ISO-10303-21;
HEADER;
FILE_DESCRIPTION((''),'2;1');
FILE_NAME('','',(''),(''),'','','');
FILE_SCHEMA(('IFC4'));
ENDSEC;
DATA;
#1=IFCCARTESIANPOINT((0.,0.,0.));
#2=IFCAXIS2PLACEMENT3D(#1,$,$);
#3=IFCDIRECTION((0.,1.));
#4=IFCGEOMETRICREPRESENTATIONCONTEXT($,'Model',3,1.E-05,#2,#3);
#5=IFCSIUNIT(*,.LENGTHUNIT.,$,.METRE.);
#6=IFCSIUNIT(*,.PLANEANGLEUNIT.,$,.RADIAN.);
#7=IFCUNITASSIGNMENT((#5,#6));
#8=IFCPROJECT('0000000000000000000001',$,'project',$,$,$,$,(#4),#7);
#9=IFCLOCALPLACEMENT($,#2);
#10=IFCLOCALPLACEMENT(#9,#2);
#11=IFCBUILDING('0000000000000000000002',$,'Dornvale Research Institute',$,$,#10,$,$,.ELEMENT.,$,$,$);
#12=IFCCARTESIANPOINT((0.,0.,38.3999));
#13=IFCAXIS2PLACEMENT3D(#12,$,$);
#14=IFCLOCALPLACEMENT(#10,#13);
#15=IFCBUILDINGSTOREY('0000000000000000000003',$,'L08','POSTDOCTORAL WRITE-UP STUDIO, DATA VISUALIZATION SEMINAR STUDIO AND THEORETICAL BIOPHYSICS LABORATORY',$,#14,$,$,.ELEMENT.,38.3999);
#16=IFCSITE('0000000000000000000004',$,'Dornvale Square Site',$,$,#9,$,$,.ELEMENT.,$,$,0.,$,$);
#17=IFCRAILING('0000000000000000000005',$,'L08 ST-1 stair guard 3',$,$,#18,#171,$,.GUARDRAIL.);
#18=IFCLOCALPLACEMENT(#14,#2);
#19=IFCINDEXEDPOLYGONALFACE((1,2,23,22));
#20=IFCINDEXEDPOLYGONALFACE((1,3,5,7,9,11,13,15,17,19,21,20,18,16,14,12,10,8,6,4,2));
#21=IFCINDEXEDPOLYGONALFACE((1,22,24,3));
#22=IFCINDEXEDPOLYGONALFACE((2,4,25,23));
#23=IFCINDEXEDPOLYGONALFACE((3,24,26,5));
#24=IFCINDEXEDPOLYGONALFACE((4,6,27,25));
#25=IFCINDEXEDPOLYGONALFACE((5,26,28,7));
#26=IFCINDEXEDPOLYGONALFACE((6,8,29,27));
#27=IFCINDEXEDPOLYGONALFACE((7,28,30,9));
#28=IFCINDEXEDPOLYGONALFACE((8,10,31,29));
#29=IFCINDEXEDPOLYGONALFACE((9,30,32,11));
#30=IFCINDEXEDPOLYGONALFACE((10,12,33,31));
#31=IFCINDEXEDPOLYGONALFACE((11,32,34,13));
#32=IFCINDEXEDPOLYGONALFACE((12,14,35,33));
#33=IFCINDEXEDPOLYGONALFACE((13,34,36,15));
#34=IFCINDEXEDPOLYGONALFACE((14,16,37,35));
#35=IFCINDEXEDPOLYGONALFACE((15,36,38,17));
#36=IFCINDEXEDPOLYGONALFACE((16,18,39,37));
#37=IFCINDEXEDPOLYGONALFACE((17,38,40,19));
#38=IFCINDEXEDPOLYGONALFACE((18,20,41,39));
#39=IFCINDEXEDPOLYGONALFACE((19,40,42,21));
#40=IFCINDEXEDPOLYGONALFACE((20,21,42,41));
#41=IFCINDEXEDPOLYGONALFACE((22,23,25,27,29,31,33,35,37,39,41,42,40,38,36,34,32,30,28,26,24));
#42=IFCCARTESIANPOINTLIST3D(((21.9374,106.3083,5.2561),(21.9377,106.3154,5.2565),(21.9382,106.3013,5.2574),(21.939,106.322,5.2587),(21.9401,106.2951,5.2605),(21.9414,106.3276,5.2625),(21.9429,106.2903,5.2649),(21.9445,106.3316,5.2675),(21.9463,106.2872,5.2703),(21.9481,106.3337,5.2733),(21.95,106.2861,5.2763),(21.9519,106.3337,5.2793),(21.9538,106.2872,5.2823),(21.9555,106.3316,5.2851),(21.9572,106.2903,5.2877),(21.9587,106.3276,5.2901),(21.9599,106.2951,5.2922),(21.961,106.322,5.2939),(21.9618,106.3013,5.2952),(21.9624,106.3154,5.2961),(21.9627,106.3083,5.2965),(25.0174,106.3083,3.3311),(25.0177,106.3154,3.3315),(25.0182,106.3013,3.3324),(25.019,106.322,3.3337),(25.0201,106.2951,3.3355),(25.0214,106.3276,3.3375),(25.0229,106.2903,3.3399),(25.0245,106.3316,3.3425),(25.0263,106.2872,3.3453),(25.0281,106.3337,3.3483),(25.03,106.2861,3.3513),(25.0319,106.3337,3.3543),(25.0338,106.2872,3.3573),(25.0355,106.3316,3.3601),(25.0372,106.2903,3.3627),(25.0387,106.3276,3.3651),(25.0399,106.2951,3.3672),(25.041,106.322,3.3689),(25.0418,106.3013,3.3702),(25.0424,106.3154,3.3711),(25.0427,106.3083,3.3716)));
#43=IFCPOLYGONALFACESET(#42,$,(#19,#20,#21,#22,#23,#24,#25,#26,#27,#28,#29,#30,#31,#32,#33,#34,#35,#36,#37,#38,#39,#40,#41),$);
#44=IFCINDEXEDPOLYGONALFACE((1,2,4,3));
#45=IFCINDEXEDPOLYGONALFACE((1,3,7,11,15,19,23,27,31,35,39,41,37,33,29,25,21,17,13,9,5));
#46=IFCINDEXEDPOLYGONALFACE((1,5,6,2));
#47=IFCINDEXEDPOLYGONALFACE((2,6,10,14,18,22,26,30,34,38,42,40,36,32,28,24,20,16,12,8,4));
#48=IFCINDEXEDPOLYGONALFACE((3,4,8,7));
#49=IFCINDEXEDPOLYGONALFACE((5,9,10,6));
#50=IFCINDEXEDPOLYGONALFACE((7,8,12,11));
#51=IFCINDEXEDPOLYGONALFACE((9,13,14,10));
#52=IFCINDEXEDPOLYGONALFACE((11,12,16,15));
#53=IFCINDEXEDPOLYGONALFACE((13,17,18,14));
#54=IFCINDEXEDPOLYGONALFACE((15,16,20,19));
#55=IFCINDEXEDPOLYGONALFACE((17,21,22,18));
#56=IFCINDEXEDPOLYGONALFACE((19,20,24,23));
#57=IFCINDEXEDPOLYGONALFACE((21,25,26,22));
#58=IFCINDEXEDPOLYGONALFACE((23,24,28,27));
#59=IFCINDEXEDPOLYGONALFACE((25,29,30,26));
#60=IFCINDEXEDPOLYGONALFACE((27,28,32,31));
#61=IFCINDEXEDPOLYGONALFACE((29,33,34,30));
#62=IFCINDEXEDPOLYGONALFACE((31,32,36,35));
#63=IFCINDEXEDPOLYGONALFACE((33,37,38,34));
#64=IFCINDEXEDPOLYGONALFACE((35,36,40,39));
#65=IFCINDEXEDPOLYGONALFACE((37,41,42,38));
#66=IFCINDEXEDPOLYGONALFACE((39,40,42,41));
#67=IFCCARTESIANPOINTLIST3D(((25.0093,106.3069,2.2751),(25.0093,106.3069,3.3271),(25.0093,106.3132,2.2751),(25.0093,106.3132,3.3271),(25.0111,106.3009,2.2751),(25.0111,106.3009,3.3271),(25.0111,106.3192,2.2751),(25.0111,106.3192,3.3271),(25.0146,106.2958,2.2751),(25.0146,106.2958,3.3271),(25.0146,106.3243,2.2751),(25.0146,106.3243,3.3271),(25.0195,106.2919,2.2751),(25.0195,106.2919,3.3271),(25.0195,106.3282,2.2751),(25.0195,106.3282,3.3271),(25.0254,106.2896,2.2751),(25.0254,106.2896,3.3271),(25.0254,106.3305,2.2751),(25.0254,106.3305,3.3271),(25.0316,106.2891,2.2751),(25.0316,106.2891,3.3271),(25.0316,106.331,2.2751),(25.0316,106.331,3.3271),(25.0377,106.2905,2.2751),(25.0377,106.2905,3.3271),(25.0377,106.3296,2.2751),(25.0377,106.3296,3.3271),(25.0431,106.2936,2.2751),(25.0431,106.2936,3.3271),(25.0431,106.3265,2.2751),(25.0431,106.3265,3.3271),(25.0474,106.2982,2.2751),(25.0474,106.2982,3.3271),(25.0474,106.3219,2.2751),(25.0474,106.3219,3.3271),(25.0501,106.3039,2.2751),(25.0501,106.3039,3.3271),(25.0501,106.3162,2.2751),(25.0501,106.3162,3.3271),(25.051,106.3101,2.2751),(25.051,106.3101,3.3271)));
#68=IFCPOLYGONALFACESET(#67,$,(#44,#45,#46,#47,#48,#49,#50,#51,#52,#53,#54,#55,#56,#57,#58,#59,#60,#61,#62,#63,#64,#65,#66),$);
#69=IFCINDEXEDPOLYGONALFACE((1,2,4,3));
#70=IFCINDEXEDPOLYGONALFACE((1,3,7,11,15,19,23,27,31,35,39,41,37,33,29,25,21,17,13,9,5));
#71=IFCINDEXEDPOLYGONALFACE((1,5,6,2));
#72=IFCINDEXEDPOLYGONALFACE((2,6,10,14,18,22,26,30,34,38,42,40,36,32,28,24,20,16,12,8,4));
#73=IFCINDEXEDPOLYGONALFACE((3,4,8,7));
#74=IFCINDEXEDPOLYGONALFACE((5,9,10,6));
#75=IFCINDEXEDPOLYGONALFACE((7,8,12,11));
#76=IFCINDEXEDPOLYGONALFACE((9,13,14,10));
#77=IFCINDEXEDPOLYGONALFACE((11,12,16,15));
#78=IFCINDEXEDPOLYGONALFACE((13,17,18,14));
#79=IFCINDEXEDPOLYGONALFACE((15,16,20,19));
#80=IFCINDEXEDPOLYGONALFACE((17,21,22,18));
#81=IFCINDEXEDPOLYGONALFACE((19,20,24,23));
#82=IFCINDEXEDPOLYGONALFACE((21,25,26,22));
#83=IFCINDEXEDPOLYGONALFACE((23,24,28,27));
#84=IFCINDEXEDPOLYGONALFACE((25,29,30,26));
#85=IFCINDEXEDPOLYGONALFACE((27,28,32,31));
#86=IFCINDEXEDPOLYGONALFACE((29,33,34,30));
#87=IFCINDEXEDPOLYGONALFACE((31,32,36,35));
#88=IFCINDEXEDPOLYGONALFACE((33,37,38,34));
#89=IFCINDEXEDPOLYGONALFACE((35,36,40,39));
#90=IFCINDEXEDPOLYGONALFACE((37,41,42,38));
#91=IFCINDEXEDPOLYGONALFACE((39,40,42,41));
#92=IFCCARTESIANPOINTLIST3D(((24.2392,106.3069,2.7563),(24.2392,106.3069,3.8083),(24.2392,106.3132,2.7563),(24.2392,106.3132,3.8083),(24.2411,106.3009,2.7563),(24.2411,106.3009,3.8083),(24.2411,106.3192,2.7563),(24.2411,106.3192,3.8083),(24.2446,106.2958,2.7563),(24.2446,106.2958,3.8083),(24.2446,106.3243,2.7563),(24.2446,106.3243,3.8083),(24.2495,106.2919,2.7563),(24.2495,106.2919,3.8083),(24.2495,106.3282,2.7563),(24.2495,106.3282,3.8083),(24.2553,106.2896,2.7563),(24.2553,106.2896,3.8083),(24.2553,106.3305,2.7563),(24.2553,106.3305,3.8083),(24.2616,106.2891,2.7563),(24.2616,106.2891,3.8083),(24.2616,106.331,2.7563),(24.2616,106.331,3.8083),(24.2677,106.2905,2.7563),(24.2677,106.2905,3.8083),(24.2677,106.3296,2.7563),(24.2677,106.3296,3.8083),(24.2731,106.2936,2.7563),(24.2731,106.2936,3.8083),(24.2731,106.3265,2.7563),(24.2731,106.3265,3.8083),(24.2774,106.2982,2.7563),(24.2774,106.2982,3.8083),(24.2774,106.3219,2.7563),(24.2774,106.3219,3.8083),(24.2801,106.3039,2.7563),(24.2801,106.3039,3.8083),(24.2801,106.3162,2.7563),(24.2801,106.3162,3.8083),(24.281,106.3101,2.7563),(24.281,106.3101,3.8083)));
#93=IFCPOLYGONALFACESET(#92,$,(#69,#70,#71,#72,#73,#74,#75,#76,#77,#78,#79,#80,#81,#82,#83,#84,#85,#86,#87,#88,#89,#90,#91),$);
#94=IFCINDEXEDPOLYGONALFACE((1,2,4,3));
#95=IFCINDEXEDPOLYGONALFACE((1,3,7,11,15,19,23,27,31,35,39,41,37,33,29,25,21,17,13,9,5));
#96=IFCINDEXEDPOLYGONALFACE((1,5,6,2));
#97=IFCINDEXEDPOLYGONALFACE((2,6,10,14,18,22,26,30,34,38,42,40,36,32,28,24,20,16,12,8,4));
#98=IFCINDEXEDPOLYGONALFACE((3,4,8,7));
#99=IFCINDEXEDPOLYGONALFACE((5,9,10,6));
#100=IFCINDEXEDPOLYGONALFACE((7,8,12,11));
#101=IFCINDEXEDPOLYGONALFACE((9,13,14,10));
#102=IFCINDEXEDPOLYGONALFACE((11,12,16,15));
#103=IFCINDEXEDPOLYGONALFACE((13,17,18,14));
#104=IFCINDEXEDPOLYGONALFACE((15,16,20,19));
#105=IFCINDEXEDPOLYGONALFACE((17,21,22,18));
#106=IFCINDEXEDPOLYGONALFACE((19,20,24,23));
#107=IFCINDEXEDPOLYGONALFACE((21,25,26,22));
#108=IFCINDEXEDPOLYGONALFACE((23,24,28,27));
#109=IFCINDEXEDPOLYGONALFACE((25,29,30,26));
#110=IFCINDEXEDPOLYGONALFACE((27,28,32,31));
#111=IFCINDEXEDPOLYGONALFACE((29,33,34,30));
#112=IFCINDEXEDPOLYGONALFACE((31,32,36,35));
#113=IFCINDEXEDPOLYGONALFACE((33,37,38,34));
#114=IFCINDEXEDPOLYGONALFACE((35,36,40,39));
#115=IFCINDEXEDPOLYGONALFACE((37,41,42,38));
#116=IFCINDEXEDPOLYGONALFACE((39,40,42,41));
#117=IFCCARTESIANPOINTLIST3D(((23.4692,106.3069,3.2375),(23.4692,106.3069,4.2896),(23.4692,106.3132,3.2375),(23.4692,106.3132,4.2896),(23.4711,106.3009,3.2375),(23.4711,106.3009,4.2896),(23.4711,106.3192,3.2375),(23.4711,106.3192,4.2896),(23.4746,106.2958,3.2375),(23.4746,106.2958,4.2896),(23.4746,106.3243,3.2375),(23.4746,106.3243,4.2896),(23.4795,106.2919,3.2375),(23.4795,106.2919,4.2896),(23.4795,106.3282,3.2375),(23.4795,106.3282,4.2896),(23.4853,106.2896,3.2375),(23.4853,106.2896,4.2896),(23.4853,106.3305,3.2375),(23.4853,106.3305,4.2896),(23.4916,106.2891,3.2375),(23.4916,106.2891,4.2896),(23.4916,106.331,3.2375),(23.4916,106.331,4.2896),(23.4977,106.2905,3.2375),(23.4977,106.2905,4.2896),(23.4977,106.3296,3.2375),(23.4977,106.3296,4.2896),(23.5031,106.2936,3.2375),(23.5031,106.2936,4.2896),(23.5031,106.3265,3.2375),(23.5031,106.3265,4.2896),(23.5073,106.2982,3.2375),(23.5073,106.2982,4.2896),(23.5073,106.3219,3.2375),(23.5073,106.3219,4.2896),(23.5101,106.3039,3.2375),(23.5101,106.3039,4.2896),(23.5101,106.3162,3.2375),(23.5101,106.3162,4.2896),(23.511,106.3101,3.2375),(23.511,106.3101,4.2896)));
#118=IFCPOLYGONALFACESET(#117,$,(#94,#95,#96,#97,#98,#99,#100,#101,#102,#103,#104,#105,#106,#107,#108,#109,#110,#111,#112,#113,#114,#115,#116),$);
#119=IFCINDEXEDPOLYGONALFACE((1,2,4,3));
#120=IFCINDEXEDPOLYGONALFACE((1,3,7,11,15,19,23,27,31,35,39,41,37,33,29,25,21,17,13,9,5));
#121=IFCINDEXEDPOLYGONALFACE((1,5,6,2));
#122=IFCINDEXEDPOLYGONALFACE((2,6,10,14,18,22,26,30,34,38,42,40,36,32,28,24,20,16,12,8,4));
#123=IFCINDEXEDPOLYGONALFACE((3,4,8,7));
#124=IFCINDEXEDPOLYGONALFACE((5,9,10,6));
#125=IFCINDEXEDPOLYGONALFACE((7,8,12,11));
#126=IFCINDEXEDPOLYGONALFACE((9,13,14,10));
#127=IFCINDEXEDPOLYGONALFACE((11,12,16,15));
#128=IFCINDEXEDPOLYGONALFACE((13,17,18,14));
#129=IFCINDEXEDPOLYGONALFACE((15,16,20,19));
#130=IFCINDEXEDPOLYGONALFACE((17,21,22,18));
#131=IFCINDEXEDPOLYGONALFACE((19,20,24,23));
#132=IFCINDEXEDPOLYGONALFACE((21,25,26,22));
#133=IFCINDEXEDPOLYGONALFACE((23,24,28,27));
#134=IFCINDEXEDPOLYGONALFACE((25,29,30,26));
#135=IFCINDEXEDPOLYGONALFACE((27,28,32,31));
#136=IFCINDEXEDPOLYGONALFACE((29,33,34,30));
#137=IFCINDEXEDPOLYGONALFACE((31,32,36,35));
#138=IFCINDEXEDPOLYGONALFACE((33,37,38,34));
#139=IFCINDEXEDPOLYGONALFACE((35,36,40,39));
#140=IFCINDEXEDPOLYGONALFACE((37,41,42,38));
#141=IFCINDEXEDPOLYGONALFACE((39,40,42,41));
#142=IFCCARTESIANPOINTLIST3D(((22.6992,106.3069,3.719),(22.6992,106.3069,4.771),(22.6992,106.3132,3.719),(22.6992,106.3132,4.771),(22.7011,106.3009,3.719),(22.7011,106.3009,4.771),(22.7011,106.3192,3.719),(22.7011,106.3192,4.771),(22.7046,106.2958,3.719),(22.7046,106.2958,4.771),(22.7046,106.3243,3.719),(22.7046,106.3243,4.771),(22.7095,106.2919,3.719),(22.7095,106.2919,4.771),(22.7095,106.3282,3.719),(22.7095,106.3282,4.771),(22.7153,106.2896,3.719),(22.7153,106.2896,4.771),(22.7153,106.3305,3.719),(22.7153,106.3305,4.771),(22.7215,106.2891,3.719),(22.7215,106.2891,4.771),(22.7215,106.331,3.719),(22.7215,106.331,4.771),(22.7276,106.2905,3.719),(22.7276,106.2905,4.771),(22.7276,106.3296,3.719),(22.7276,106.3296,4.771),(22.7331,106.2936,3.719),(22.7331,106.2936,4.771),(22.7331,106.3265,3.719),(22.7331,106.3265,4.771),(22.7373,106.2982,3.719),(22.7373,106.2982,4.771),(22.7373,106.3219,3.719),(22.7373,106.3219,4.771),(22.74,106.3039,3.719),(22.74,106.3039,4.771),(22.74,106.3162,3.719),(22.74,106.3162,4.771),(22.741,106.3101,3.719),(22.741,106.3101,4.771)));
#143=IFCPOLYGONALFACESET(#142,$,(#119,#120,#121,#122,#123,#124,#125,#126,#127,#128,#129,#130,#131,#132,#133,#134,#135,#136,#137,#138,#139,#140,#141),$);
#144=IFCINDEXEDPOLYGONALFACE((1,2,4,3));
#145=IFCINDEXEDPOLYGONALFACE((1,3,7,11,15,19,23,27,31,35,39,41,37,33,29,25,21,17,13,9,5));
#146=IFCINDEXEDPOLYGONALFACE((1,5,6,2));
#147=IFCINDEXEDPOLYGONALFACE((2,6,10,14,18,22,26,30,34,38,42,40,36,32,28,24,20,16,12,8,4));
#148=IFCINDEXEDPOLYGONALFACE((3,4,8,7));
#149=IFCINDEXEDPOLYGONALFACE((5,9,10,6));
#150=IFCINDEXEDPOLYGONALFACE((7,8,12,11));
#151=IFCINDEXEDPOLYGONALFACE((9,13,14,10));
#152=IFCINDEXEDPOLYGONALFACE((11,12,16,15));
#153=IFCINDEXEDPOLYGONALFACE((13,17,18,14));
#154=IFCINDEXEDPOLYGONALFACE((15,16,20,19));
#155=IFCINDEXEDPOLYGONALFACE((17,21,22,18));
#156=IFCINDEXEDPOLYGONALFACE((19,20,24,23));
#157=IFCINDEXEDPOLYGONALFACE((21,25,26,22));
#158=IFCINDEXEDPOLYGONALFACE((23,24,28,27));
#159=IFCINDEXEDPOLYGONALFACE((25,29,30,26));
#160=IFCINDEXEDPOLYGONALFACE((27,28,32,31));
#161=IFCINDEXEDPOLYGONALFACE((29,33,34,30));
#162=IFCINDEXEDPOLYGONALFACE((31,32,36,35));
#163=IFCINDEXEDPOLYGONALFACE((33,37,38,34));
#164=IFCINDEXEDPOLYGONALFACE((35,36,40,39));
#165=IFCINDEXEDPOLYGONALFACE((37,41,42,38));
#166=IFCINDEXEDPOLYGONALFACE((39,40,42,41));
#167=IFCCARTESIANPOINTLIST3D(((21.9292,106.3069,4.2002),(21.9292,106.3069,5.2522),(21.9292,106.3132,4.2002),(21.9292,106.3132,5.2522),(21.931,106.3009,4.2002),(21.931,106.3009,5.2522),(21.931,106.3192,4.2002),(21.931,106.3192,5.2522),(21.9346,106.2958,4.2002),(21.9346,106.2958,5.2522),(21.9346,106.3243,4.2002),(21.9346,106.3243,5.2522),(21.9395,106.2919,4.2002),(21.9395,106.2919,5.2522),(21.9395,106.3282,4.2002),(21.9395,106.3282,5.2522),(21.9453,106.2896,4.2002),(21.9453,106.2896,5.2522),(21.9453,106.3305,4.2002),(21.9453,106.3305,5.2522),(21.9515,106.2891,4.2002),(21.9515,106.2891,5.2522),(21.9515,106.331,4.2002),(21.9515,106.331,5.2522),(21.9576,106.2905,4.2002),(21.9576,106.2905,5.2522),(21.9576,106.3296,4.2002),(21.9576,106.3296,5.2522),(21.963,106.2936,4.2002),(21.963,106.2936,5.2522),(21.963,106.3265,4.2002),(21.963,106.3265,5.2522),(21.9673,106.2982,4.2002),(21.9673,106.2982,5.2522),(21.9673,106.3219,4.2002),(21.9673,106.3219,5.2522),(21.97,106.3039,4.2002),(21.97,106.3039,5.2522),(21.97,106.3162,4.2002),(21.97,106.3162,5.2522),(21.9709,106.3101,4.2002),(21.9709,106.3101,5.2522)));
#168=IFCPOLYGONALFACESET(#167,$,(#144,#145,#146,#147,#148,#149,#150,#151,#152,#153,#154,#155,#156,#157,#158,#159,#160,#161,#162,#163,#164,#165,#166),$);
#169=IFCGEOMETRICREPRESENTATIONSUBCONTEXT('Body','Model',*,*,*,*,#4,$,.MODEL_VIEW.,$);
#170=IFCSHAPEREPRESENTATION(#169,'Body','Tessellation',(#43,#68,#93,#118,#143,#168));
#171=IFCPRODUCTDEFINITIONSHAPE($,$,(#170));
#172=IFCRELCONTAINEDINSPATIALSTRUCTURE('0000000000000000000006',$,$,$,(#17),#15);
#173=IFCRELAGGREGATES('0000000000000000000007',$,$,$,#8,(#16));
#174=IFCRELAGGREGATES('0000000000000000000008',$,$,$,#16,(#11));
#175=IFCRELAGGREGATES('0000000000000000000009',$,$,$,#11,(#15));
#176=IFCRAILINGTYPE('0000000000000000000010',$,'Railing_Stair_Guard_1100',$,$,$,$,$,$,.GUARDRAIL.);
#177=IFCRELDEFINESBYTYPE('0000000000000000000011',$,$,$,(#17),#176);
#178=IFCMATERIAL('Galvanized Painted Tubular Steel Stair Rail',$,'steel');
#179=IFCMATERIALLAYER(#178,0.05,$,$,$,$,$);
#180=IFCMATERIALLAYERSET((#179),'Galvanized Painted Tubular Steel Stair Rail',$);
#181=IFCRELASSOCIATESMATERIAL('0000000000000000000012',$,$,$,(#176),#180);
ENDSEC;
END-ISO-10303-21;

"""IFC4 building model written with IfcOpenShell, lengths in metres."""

from ifc_helpers import new_model, si_unit, direction, frame, origin, origin_2d, place, context, subcontext, project, spatial, circle, extrude, material, layer, layer_set, type_object, element, save


model = new_model("IFC4")

# Units and contexts
model_context = context("Model", 3, precision=1e-05, world=origin(), true_north=direction((0.0, 1.0)))
body_context = subcontext(model_context, "Body", "Model", "MODEL_VIEW")
ifc_project = project(units=[si_unit("LENGTHUNIT", "METRE"), si_unit("PLANEANGLEUNIT", "RADIAN")], contexts=[model_context])

# Site, building, storey
site_placement = place(None, origin())
site = spatial("IfcSite", under=ifc_project, at=site_placement, Name="Dornvale Square Site", CompositionType="ELEMENT", RefElevation=0.0)
building_placement = place(site_placement, origin())
building = spatial("IfcBuilding", under=site, at=building_placement, Name="Dornvale Research Institute", CompositionType="ELEMENT")
storey_placement = place(building_placement, frame((0.0, 0.0, 38.3999)))
storey = spatial("IfcBuildingStorey", under=building, at=storey_placement, Name="L08", Description="POSTDOCTORAL WRITE-UP STUDIO, DATA VISUALIZATION SEMINAR STUDIO AND THEORETICAL BIOPHYSICS LABORATORY", CompositionType="ELEMENT", Elevation=38.3999)

# Railing
ifc_material_1 = material(Name="Galvanized Painted Tubular Steel Stair Rail", Category="steel")
ifc_layer_1 = layer(ifc_material_1, 0.05)
ifc_layer_set_1 = layer_set([ifc_layer_1], Name="Galvanized Painted Tubular Steel Stair Rail")
railing_type_1 = type_object("IfcRailingType", Name="Railing_Stair_Guard_1100", PredefinedType="GUARDRAIL", material=ifc_layer_set_1)
railing_1_placement = place(storey_placement, frame((25.03, 106.3101, 2.2751)))
element("IfcRailing", 1, at=railing_1_placement, inside=storey, type_object=railing_type_1, Name="L08 ST-1 stair guard 3", PredefinedType="GUARDRAIL", context=body_context, shape_type="SweptSolid", body=[
    extrude(circle(Radius=0.0239, at=origin_2d()), frame((0.0, 0.0, 1.0762), z_axis=(-0.847998, 0.0, 0.529999), x_axis=(0.0, -1.0, 0.0)), (0.0, 0.0, 1.0), 3.6321),
    extrude(circle(Radius=0.021, at=origin_2d()), origin(), (0.0, 0.0, 1.0), 1.052),
    extrude(circle(Radius=0.021, at=origin_2d()), frame((-0.77, 0.0, 0.4812)), (0.0, 0.0, 1.0), 1.052),
    extrude(circle(Radius=0.021, at=origin_2d()), frame((-1.54, 0.0, 0.9624)), (0.0, 0.0, 1.0), 1.052),
    extrude(circle(Radius=0.021, at=origin_2d()), frame((-2.3101, 0.0, 1.4438)), (0.0, 0.0, 1.0), 1.052),
    extrude(circle(Radius=0.021, at=origin_2d()), frame((-3.0801, 0.0, 1.925)), (0.0, 0.0, 1.0), 1.052),
])

save(model, "model.ifc")
